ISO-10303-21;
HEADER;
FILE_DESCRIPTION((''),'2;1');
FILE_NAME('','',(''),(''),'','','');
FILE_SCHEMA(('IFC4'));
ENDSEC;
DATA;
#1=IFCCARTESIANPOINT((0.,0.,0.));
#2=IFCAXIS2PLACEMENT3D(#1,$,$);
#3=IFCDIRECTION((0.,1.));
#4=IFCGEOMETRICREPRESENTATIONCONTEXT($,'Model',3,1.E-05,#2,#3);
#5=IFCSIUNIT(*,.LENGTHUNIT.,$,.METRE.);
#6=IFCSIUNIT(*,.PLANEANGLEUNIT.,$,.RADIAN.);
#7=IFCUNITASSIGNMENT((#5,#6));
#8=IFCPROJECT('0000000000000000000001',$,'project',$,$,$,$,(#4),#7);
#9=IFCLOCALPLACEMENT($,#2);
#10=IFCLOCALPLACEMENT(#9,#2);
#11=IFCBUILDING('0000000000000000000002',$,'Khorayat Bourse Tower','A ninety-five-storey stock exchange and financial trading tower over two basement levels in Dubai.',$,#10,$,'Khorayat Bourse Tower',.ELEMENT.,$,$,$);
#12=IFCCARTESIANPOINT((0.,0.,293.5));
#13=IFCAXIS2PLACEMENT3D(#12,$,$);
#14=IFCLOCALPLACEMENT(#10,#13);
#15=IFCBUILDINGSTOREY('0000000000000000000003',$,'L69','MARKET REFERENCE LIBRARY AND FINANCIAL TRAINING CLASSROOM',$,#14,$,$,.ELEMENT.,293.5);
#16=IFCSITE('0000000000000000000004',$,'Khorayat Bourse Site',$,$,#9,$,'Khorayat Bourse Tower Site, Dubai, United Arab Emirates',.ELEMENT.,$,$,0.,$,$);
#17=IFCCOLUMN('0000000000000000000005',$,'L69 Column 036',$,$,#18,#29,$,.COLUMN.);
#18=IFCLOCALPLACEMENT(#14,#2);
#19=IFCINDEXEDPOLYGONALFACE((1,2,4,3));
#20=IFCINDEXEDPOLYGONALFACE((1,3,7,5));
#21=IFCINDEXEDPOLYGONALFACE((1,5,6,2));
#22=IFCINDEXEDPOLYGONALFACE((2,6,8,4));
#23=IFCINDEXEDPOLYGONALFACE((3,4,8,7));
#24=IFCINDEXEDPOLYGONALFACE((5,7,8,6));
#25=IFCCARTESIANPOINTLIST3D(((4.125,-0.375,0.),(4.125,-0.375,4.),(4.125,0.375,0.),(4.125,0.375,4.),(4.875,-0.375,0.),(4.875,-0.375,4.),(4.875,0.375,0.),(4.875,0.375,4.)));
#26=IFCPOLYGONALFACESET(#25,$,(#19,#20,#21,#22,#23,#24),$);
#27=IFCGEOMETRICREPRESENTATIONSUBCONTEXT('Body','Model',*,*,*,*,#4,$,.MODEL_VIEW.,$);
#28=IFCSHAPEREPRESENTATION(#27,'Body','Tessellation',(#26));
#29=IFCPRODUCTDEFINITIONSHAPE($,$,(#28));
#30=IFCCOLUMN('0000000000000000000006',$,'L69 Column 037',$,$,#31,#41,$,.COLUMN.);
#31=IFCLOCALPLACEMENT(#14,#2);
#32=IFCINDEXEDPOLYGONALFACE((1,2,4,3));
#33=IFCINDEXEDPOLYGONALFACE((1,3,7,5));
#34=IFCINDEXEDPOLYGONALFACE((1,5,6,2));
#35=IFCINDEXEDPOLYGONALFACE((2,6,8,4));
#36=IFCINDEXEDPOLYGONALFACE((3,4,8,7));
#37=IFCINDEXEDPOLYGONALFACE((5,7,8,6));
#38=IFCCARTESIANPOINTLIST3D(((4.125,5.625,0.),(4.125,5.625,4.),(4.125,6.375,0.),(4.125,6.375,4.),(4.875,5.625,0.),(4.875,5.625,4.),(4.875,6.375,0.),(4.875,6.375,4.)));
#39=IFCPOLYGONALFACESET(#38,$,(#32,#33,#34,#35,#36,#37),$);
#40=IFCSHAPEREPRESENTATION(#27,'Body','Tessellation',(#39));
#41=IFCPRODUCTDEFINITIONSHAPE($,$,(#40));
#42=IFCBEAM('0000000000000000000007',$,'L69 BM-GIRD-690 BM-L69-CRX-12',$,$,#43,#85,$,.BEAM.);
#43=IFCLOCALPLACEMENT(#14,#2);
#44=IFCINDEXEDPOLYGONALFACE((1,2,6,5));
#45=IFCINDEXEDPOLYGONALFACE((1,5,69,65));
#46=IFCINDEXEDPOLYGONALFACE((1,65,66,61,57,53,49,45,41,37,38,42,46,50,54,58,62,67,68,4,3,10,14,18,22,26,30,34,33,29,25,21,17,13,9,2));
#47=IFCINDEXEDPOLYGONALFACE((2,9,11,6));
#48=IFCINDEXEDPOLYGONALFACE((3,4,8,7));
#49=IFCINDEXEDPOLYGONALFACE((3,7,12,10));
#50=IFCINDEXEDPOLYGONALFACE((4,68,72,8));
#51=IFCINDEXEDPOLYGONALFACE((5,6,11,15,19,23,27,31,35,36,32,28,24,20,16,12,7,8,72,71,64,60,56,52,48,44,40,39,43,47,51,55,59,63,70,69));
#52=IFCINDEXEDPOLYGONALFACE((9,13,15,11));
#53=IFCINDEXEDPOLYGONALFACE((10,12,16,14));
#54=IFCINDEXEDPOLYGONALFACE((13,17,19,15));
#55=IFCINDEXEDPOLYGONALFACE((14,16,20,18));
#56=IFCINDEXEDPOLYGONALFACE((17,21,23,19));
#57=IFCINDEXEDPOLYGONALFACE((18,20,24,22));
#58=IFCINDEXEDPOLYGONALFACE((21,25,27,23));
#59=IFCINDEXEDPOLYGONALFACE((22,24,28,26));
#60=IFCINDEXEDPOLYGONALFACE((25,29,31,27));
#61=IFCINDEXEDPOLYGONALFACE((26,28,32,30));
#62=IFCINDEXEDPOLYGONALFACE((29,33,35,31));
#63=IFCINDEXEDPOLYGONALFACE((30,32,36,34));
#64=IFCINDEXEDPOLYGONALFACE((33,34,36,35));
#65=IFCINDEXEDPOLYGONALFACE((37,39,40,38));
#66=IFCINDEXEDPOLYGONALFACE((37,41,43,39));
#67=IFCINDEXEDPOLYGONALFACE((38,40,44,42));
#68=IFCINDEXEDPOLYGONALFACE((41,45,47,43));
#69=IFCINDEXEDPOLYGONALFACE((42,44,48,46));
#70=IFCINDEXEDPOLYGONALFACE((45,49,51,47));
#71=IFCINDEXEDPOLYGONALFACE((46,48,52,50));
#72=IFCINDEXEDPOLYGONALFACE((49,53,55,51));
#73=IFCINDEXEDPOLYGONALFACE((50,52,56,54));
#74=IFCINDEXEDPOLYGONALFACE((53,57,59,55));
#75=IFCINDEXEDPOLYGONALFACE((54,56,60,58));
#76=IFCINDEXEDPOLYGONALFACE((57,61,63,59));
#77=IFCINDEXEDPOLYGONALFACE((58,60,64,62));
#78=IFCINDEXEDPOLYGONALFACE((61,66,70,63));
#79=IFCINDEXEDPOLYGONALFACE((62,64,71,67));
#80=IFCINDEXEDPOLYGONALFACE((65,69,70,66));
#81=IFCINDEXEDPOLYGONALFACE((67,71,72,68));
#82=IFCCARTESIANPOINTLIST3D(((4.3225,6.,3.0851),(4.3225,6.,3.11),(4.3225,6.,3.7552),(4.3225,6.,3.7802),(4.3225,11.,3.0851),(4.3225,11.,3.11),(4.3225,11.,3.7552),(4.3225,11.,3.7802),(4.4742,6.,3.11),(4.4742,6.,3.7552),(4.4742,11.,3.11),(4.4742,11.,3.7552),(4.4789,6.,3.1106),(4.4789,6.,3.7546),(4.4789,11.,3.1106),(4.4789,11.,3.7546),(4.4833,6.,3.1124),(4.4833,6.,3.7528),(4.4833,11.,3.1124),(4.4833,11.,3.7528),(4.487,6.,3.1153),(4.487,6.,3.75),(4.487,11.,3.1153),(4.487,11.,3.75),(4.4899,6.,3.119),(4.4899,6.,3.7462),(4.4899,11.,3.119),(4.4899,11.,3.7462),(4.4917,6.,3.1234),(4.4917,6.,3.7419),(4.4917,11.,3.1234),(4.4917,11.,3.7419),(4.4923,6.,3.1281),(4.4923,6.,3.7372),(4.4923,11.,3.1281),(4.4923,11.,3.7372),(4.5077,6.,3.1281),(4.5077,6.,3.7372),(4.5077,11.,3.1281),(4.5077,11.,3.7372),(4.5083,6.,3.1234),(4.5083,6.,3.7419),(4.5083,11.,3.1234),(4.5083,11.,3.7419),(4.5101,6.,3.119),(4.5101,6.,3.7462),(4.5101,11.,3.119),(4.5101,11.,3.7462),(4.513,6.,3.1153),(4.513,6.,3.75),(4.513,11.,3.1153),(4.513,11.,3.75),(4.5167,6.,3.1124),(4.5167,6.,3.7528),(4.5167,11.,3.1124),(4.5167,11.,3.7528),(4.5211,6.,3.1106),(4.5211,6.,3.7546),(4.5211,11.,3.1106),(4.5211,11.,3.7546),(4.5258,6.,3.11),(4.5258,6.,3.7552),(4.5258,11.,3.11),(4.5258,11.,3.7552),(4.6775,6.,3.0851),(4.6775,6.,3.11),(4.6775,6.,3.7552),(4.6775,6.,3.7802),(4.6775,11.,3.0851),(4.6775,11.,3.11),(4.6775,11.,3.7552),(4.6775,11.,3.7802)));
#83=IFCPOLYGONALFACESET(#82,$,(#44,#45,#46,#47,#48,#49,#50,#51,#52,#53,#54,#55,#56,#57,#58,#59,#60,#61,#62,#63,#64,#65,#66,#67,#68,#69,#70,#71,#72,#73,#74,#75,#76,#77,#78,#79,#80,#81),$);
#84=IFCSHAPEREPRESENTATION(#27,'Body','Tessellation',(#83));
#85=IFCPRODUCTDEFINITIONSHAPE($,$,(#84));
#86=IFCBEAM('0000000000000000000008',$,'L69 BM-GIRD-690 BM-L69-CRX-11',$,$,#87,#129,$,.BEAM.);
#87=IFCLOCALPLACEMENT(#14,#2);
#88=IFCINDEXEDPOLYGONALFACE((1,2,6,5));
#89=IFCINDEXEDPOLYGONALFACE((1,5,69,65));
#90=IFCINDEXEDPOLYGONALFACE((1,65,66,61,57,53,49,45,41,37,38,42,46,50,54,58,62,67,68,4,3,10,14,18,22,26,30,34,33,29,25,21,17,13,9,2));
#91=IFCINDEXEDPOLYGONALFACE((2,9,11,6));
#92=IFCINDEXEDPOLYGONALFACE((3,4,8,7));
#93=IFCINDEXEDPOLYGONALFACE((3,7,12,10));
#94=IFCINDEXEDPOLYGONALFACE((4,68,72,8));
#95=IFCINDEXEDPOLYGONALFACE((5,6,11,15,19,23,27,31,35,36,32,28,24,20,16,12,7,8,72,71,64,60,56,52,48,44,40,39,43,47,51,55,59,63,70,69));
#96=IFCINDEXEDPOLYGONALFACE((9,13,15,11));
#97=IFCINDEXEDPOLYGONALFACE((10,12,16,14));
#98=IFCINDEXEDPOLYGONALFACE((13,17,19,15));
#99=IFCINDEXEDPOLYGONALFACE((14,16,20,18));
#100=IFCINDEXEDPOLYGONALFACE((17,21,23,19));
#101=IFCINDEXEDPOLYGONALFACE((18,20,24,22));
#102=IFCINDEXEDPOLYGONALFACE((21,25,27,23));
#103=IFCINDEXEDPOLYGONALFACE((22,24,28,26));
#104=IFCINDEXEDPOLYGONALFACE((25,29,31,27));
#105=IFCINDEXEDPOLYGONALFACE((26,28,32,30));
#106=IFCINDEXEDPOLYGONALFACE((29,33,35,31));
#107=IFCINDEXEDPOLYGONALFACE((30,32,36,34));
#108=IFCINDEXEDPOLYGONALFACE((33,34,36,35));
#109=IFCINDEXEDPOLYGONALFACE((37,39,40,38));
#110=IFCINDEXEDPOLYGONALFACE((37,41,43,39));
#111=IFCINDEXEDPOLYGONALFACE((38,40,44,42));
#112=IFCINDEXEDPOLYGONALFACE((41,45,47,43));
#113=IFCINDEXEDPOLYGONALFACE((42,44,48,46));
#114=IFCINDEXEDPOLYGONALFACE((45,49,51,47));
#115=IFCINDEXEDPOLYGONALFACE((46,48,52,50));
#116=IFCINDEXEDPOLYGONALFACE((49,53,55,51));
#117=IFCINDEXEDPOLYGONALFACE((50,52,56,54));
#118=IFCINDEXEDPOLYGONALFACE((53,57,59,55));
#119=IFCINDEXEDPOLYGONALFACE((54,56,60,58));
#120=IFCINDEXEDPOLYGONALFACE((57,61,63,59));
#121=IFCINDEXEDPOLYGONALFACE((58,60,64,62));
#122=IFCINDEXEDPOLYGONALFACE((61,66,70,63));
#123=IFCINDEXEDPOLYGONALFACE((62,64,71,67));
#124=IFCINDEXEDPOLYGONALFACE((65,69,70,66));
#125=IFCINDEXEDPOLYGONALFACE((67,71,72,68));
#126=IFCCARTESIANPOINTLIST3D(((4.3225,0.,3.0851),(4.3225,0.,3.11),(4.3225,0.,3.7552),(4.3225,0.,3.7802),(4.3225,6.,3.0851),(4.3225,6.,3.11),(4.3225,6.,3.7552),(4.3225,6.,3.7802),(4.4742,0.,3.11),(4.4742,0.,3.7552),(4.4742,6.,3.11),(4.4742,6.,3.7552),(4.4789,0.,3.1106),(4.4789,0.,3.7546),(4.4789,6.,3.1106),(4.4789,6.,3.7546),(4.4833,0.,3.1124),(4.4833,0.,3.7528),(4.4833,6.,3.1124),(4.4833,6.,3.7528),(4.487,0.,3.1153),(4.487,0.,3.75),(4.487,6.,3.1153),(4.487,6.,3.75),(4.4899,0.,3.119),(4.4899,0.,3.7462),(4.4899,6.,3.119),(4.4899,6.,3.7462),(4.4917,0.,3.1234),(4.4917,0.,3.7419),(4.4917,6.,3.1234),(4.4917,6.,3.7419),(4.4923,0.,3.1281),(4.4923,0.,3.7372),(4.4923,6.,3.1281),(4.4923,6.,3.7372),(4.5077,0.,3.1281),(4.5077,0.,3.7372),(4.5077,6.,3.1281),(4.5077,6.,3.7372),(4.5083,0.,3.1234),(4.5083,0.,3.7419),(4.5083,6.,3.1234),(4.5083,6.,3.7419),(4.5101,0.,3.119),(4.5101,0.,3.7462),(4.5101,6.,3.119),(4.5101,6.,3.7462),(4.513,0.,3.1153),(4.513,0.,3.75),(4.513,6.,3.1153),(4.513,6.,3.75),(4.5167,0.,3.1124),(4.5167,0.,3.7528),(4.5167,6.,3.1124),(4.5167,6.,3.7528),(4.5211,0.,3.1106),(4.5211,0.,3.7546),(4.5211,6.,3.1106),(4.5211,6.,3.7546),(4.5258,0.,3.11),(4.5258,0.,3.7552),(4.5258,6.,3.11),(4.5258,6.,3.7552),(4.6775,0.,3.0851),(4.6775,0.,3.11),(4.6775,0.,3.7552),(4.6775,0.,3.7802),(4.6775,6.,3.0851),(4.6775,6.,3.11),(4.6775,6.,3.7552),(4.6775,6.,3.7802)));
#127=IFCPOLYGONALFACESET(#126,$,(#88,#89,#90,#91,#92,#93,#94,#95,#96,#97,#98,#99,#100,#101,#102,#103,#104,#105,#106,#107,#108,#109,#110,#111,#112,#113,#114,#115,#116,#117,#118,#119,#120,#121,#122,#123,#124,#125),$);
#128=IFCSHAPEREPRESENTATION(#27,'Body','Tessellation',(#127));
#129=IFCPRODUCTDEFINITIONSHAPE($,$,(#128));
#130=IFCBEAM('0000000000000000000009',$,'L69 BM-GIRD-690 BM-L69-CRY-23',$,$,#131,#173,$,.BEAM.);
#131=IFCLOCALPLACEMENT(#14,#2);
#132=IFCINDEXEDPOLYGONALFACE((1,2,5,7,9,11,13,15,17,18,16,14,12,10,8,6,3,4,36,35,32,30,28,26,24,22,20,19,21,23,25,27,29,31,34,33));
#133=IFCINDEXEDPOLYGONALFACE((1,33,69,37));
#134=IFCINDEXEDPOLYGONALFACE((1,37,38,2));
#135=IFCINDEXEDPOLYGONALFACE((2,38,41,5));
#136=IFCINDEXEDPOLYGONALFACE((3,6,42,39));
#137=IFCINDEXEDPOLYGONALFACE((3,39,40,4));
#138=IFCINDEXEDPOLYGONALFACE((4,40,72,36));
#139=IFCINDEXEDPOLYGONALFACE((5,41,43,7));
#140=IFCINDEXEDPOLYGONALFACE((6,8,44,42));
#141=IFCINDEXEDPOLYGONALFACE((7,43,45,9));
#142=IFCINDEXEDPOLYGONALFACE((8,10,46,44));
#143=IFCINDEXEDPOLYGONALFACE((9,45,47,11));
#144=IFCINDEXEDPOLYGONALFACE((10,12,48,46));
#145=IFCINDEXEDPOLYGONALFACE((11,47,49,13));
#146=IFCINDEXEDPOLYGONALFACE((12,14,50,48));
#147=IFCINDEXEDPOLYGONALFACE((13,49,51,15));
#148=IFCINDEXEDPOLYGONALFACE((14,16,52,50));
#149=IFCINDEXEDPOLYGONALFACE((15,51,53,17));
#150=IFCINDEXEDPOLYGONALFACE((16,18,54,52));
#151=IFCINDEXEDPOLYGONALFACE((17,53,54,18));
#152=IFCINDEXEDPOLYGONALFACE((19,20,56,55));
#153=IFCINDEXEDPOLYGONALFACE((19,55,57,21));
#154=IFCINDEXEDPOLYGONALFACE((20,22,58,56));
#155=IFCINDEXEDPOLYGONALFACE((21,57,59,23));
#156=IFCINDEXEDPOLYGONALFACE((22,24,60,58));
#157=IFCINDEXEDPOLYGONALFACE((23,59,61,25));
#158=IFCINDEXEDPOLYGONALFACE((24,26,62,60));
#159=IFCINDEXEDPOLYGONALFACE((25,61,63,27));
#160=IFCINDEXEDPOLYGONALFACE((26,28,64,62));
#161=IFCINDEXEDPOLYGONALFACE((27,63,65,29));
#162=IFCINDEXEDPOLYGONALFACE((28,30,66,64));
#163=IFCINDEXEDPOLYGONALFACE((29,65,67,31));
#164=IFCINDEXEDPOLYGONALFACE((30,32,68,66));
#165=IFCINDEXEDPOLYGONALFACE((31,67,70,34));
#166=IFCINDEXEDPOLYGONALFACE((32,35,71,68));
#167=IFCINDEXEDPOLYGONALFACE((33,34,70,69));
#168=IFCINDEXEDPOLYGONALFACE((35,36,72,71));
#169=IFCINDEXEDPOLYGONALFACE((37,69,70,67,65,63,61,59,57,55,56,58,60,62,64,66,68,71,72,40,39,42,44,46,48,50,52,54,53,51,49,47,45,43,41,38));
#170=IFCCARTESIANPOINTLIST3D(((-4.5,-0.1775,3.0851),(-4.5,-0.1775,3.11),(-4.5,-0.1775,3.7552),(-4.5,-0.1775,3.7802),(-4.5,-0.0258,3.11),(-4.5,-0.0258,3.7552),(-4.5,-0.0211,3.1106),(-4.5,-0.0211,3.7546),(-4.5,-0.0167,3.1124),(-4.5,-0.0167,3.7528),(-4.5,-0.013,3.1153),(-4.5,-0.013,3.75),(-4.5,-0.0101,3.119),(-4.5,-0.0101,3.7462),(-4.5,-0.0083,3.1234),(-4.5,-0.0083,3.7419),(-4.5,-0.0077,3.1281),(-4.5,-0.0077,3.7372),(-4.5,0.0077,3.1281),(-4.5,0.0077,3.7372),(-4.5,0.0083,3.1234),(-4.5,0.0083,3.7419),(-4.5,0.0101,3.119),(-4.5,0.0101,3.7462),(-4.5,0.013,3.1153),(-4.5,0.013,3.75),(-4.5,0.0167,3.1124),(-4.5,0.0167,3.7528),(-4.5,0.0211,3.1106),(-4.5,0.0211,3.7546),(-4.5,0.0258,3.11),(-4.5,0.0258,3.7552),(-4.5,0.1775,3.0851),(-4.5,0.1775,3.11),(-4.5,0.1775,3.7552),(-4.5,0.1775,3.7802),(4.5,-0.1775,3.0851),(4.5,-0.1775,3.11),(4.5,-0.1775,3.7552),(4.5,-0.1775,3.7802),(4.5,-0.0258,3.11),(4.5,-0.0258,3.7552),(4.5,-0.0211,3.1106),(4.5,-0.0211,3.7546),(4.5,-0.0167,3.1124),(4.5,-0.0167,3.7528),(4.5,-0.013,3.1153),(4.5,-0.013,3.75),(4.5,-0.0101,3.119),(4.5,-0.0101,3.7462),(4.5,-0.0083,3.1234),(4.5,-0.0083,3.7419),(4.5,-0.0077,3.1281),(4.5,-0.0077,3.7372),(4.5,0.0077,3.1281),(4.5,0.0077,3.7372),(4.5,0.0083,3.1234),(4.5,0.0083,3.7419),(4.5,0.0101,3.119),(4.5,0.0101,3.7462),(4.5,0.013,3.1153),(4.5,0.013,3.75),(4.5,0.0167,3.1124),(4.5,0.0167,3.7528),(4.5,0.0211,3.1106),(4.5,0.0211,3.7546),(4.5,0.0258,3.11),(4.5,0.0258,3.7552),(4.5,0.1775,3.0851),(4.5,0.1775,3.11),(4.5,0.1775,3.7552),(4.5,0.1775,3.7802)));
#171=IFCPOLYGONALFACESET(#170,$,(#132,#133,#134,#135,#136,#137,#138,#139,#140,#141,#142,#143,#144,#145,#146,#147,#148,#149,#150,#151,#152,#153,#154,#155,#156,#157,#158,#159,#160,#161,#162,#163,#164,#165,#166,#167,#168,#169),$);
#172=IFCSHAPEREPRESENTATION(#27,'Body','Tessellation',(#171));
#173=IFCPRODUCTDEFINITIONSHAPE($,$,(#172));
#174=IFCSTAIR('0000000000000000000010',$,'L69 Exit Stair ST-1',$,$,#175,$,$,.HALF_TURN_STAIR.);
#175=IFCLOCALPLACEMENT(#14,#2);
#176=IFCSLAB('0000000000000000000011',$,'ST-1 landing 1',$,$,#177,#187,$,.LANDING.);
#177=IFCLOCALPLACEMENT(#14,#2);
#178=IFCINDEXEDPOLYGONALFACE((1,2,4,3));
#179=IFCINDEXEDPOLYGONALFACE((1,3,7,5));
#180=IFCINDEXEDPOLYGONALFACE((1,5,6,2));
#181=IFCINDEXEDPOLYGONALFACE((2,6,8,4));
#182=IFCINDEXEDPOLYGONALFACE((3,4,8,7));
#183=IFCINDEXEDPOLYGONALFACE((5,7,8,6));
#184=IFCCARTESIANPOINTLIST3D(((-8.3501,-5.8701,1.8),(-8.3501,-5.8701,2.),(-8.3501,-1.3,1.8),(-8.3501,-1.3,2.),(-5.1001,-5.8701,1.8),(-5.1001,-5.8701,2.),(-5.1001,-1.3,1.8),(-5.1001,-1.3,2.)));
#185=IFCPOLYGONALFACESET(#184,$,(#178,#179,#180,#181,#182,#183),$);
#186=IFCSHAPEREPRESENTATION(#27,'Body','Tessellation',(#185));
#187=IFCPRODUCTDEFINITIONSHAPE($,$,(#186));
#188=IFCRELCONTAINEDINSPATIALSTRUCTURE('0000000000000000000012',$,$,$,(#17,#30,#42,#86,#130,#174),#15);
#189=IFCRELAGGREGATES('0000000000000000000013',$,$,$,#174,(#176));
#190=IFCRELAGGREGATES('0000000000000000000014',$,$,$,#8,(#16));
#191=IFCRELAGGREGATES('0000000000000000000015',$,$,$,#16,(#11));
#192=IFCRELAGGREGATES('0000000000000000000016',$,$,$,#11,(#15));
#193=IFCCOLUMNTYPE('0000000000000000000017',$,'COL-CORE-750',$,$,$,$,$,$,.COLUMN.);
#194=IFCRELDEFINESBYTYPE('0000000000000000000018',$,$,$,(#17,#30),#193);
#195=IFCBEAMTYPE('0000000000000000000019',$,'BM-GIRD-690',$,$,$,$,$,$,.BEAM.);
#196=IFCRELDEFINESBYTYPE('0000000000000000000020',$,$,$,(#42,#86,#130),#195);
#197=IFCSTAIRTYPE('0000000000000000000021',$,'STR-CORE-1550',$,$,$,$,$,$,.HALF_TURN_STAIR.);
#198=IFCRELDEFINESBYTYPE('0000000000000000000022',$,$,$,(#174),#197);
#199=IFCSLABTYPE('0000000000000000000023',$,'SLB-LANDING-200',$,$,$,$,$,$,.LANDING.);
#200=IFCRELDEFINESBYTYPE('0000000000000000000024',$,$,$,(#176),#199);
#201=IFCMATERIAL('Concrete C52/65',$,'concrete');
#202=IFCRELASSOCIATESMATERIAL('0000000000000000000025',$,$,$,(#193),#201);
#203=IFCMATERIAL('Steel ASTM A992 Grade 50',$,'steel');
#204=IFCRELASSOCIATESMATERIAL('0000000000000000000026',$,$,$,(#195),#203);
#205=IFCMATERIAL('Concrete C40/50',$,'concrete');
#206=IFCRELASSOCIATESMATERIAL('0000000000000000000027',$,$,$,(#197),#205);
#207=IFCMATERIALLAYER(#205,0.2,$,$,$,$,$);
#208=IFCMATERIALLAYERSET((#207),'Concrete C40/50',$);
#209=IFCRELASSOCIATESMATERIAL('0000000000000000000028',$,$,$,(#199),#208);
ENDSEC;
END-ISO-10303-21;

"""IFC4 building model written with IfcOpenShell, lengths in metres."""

from ifc_helpers import new_model, si_unit, direction, frame, origin, origin_2d, place, context, subcontext, project, spatial, polyline, rectangle, i_section, outline, extrude, source, transform, mapped, material, layer, layer_set, material_profile, profile_set, type_object, element, aggregate, save


model = new_model("IFC4")

# Units and contexts
model_context = context("Model", 3, precision=1e-05, world=origin(), true_north=direction((0.0, 1.0)))
body_context = subcontext(model_context, "Body", "Model", "MODEL_VIEW")
ifc_project = project(units=[si_unit("LENGTHUNIT", "METRE"), si_unit("PLANEANGLEUNIT", "RADIAN")], contexts=[model_context])

# Site, building, storey
site_placement = place(None, origin())
site = spatial("IfcSite", under=ifc_project, at=site_placement, Name="Khorayat Bourse Site", LongName="Khorayat Bourse Tower Site, Dubai, United Arab Emirates", CompositionType="ELEMENT", RefElevation=0.0)
building_placement = place(site_placement, origin())
building = spatial("IfcBuilding", under=site, at=building_placement, Name="Khorayat Bourse Tower", Description="A ninety-five-storey stock exchange and financial trading tower over two basement levels in Dubai.", LongName="Khorayat Bourse Tower", CompositionType="ELEMENT")
storey_placement = place(building_placement, frame((0.0, 0.0, 293.5)))
storey = spatial("IfcBuildingStorey", under=building, at=storey_placement, Name="L69", Description="MARKET REFERENCE LIBRARY AND FINANCIAL TRAINING CLASSROOM", CompositionType="ELEMENT", Elevation=293.5)

# Columns
ifc_material_1 = material(Name="Concrete C52/65", Category="concrete")
ifc_material_profile_1 = material_profile(ifc_material_1, rectangle(XDim=0.75, YDim=0.75, at=origin_2d()), Name="RC 750x750")
ifc_profile_set_1 = profile_set([ifc_material_profile_1], Name="Concrete C52/65")
column_type = type_object("IfcColumnType", Name="COL-CORE-750", PredefinedType="COLUMN", material=ifc_profile_set_1)
shared_shape_1 = source(origin(), body_context, "Body", "SweptSolid", [
    extrude(rectangle(XDim=0.75, YDim=0.75, at=origin_2d()), origin(), (0.0, 0.0, 1.0), 4.0),
])
for number, where, z_axis, x_axis, name in (
    (1, (4.5, 0.0, 0.0), (0.0, 0.0, 1.0), (1.0, 0.0, 0.0), "L69 Column 036"),
    (2, (4.5, 6.0, 0.0), (0.0, 0.0, 1.0), (1.0, 0.0, 0.0), "L69 Column 037"),
):
    element("IfcColumn", number, at=place(storey_placement, frame(where, z_axis=z_axis, x_axis=x_axis)), inside=storey, type_object=column_type, Name=name, PredefinedType="COLUMN", context=body_context, shape_type="MappedRepresentation", body=[
        mapped(shared_shape_1, transform((0.0, 0.0, 0.0), scale=1.0)),
    ])

# Beams
ifc_material_2 = material(Name="Steel ASTM A992 Grade 50", Category="steel")
ifc_material_profile_2 = material_profile(ifc_material_2, i_section(OverallWidth=0.355, OverallDepth=0.6951, WebThickness=0.0154, FlangeThickness=0.0249, FilletRadius=0.0181, at=origin_2d()), Name="W690X217")
ifc_profile_set_2 = profile_set([ifc_material_profile_2], Name="Steel ASTM A992 Grade 50")
beam_type = type_object("IfcBeamType", Name="BM-GIRD-690", PredefinedType="BEAM", material=ifc_profile_set_2)
shared_shape_2 = source(origin(), body_context, "Body", "SweptSolid", [
    extrude(i_section(OverallWidth=0.355, OverallDepth=0.6951, WebThickness=0.0154, FlangeThickness=0.0249, FilletRadius=0.0181, at=origin_2d()), origin(), (0.0, 0.0, 1.0), 5.0),
])
beam_1_placement = place(storey_placement, frame((4.5, 6.0, 3.4326), z_axis=(0.0, 1.0, 0.0), x_axis=(-1.0, 0.0, 0.0)))
element("IfcBeam", 3, at=beam_1_placement, inside=storey, type_object=beam_type, Name="L69 BM-GIRD-690 BM-L69-CRX-12", PredefinedType="BEAM", context=body_context, shape_type="MappedRepresentation", body=[
    mapped(shared_shape_2, transform((0.0, 0.0, 0.0), scale=1.0)),
])
shared_shape_3 = source(origin(), body_context, "Body", "SweptSolid", [
    extrude(i_section(OverallWidth=0.355, OverallDepth=0.6951, WebThickness=0.0154, FlangeThickness=0.0249, FilletRadius=0.0181, at=origin_2d()), origin(), (0.0, 0.0, 1.0), 6.0),
])
beam_2_placement = place(storey_placement, frame((4.5, 0.0, 3.4326), z_axis=(0.0, 1.0, 0.0), x_axis=(-1.0, 0.0, 0.0)))
element("IfcBeam", 4, at=beam_2_placement, inside=storey, type_object=beam_type, Name="L69 BM-GIRD-690 BM-L69-CRX-11", PredefinedType="BEAM", context=body_context, shape_type="MappedRepresentation", body=[
    mapped(shared_shape_3, transform((0.0, 0.0, 0.0), scale=1.0)),
])
shared_shape_4 = source(origin(), body_context, "Body", "SweptSolid", [
    extrude(i_section(OverallWidth=0.355, OverallDepth=0.6951, WebThickness=0.0154, FlangeThickness=0.0249, FilletRadius=0.0181, at=origin_2d()), origin(), (0.0, 0.0, 1.0), 9.0),
])
beam_3_placement = place(storey_placement, frame((-4.5, 0.0, 3.4326), z_axis=(1.0, 0.0, 0.0), x_axis=(0.0, 1.0, 0.0)))
element("IfcBeam", 5, at=beam_3_placement, inside=storey, type_object=beam_type, Name="L69 BM-GIRD-690 BM-L69-CRY-23", PredefinedType="BEAM", context=body_context, shape_type="MappedRepresentation", body=[
    mapped(shared_shape_4, transform((0.0, 0.0, 0.0), scale=1.0)),
])

# Stair, slab
ifc_material_3 = material(Name="Concrete C40/50", Category="concrete")
stair_type = type_object("IfcStairType", Name="STR-CORE-1550", PredefinedType="HALF_TURN_STAIR", material=ifc_material_3)
stair_1_placement = place(storey_placement, origin())
stair_1 = element("IfcStair", 6, at=stair_1_placement, inside=storey, type_object=stair_type, Name="L69 Exit Stair ST-1", PredefinedType="HALF_TURN_STAIR")
ifc_layer_1 = layer(ifc_material_3, 0.2)
ifc_layer_set_1 = layer_set([ifc_layer_1], Name="Concrete C40/50")
slab_type_1 = type_object("IfcSlabType", Name="SLB-LANDING-200", PredefinedType="LANDING", material=ifc_layer_set_1)
slab_1_placement = place(storey_placement, frame((0.0, 0.0, 1.8)))
slab_1 = element("IfcSlab", 7, at=slab_1_placement, type_object=slab_type_1, Name="ST-1 landing 1", PredefinedType="LANDING", context=body_context, shape_type="SweptSolid", body=[
    extrude(outline(polyline([(-5.1001, -5.8701), (-5.1001, -1.3), (-8.3501, -1.3), (-8.3501, -5.8701), (-5.1001, -5.8701)])), origin(), (0.0, 0.0, 1.0), 0.2),
])
aggregate(stair_1, [slab_1])

save(model, "model.ifc")
